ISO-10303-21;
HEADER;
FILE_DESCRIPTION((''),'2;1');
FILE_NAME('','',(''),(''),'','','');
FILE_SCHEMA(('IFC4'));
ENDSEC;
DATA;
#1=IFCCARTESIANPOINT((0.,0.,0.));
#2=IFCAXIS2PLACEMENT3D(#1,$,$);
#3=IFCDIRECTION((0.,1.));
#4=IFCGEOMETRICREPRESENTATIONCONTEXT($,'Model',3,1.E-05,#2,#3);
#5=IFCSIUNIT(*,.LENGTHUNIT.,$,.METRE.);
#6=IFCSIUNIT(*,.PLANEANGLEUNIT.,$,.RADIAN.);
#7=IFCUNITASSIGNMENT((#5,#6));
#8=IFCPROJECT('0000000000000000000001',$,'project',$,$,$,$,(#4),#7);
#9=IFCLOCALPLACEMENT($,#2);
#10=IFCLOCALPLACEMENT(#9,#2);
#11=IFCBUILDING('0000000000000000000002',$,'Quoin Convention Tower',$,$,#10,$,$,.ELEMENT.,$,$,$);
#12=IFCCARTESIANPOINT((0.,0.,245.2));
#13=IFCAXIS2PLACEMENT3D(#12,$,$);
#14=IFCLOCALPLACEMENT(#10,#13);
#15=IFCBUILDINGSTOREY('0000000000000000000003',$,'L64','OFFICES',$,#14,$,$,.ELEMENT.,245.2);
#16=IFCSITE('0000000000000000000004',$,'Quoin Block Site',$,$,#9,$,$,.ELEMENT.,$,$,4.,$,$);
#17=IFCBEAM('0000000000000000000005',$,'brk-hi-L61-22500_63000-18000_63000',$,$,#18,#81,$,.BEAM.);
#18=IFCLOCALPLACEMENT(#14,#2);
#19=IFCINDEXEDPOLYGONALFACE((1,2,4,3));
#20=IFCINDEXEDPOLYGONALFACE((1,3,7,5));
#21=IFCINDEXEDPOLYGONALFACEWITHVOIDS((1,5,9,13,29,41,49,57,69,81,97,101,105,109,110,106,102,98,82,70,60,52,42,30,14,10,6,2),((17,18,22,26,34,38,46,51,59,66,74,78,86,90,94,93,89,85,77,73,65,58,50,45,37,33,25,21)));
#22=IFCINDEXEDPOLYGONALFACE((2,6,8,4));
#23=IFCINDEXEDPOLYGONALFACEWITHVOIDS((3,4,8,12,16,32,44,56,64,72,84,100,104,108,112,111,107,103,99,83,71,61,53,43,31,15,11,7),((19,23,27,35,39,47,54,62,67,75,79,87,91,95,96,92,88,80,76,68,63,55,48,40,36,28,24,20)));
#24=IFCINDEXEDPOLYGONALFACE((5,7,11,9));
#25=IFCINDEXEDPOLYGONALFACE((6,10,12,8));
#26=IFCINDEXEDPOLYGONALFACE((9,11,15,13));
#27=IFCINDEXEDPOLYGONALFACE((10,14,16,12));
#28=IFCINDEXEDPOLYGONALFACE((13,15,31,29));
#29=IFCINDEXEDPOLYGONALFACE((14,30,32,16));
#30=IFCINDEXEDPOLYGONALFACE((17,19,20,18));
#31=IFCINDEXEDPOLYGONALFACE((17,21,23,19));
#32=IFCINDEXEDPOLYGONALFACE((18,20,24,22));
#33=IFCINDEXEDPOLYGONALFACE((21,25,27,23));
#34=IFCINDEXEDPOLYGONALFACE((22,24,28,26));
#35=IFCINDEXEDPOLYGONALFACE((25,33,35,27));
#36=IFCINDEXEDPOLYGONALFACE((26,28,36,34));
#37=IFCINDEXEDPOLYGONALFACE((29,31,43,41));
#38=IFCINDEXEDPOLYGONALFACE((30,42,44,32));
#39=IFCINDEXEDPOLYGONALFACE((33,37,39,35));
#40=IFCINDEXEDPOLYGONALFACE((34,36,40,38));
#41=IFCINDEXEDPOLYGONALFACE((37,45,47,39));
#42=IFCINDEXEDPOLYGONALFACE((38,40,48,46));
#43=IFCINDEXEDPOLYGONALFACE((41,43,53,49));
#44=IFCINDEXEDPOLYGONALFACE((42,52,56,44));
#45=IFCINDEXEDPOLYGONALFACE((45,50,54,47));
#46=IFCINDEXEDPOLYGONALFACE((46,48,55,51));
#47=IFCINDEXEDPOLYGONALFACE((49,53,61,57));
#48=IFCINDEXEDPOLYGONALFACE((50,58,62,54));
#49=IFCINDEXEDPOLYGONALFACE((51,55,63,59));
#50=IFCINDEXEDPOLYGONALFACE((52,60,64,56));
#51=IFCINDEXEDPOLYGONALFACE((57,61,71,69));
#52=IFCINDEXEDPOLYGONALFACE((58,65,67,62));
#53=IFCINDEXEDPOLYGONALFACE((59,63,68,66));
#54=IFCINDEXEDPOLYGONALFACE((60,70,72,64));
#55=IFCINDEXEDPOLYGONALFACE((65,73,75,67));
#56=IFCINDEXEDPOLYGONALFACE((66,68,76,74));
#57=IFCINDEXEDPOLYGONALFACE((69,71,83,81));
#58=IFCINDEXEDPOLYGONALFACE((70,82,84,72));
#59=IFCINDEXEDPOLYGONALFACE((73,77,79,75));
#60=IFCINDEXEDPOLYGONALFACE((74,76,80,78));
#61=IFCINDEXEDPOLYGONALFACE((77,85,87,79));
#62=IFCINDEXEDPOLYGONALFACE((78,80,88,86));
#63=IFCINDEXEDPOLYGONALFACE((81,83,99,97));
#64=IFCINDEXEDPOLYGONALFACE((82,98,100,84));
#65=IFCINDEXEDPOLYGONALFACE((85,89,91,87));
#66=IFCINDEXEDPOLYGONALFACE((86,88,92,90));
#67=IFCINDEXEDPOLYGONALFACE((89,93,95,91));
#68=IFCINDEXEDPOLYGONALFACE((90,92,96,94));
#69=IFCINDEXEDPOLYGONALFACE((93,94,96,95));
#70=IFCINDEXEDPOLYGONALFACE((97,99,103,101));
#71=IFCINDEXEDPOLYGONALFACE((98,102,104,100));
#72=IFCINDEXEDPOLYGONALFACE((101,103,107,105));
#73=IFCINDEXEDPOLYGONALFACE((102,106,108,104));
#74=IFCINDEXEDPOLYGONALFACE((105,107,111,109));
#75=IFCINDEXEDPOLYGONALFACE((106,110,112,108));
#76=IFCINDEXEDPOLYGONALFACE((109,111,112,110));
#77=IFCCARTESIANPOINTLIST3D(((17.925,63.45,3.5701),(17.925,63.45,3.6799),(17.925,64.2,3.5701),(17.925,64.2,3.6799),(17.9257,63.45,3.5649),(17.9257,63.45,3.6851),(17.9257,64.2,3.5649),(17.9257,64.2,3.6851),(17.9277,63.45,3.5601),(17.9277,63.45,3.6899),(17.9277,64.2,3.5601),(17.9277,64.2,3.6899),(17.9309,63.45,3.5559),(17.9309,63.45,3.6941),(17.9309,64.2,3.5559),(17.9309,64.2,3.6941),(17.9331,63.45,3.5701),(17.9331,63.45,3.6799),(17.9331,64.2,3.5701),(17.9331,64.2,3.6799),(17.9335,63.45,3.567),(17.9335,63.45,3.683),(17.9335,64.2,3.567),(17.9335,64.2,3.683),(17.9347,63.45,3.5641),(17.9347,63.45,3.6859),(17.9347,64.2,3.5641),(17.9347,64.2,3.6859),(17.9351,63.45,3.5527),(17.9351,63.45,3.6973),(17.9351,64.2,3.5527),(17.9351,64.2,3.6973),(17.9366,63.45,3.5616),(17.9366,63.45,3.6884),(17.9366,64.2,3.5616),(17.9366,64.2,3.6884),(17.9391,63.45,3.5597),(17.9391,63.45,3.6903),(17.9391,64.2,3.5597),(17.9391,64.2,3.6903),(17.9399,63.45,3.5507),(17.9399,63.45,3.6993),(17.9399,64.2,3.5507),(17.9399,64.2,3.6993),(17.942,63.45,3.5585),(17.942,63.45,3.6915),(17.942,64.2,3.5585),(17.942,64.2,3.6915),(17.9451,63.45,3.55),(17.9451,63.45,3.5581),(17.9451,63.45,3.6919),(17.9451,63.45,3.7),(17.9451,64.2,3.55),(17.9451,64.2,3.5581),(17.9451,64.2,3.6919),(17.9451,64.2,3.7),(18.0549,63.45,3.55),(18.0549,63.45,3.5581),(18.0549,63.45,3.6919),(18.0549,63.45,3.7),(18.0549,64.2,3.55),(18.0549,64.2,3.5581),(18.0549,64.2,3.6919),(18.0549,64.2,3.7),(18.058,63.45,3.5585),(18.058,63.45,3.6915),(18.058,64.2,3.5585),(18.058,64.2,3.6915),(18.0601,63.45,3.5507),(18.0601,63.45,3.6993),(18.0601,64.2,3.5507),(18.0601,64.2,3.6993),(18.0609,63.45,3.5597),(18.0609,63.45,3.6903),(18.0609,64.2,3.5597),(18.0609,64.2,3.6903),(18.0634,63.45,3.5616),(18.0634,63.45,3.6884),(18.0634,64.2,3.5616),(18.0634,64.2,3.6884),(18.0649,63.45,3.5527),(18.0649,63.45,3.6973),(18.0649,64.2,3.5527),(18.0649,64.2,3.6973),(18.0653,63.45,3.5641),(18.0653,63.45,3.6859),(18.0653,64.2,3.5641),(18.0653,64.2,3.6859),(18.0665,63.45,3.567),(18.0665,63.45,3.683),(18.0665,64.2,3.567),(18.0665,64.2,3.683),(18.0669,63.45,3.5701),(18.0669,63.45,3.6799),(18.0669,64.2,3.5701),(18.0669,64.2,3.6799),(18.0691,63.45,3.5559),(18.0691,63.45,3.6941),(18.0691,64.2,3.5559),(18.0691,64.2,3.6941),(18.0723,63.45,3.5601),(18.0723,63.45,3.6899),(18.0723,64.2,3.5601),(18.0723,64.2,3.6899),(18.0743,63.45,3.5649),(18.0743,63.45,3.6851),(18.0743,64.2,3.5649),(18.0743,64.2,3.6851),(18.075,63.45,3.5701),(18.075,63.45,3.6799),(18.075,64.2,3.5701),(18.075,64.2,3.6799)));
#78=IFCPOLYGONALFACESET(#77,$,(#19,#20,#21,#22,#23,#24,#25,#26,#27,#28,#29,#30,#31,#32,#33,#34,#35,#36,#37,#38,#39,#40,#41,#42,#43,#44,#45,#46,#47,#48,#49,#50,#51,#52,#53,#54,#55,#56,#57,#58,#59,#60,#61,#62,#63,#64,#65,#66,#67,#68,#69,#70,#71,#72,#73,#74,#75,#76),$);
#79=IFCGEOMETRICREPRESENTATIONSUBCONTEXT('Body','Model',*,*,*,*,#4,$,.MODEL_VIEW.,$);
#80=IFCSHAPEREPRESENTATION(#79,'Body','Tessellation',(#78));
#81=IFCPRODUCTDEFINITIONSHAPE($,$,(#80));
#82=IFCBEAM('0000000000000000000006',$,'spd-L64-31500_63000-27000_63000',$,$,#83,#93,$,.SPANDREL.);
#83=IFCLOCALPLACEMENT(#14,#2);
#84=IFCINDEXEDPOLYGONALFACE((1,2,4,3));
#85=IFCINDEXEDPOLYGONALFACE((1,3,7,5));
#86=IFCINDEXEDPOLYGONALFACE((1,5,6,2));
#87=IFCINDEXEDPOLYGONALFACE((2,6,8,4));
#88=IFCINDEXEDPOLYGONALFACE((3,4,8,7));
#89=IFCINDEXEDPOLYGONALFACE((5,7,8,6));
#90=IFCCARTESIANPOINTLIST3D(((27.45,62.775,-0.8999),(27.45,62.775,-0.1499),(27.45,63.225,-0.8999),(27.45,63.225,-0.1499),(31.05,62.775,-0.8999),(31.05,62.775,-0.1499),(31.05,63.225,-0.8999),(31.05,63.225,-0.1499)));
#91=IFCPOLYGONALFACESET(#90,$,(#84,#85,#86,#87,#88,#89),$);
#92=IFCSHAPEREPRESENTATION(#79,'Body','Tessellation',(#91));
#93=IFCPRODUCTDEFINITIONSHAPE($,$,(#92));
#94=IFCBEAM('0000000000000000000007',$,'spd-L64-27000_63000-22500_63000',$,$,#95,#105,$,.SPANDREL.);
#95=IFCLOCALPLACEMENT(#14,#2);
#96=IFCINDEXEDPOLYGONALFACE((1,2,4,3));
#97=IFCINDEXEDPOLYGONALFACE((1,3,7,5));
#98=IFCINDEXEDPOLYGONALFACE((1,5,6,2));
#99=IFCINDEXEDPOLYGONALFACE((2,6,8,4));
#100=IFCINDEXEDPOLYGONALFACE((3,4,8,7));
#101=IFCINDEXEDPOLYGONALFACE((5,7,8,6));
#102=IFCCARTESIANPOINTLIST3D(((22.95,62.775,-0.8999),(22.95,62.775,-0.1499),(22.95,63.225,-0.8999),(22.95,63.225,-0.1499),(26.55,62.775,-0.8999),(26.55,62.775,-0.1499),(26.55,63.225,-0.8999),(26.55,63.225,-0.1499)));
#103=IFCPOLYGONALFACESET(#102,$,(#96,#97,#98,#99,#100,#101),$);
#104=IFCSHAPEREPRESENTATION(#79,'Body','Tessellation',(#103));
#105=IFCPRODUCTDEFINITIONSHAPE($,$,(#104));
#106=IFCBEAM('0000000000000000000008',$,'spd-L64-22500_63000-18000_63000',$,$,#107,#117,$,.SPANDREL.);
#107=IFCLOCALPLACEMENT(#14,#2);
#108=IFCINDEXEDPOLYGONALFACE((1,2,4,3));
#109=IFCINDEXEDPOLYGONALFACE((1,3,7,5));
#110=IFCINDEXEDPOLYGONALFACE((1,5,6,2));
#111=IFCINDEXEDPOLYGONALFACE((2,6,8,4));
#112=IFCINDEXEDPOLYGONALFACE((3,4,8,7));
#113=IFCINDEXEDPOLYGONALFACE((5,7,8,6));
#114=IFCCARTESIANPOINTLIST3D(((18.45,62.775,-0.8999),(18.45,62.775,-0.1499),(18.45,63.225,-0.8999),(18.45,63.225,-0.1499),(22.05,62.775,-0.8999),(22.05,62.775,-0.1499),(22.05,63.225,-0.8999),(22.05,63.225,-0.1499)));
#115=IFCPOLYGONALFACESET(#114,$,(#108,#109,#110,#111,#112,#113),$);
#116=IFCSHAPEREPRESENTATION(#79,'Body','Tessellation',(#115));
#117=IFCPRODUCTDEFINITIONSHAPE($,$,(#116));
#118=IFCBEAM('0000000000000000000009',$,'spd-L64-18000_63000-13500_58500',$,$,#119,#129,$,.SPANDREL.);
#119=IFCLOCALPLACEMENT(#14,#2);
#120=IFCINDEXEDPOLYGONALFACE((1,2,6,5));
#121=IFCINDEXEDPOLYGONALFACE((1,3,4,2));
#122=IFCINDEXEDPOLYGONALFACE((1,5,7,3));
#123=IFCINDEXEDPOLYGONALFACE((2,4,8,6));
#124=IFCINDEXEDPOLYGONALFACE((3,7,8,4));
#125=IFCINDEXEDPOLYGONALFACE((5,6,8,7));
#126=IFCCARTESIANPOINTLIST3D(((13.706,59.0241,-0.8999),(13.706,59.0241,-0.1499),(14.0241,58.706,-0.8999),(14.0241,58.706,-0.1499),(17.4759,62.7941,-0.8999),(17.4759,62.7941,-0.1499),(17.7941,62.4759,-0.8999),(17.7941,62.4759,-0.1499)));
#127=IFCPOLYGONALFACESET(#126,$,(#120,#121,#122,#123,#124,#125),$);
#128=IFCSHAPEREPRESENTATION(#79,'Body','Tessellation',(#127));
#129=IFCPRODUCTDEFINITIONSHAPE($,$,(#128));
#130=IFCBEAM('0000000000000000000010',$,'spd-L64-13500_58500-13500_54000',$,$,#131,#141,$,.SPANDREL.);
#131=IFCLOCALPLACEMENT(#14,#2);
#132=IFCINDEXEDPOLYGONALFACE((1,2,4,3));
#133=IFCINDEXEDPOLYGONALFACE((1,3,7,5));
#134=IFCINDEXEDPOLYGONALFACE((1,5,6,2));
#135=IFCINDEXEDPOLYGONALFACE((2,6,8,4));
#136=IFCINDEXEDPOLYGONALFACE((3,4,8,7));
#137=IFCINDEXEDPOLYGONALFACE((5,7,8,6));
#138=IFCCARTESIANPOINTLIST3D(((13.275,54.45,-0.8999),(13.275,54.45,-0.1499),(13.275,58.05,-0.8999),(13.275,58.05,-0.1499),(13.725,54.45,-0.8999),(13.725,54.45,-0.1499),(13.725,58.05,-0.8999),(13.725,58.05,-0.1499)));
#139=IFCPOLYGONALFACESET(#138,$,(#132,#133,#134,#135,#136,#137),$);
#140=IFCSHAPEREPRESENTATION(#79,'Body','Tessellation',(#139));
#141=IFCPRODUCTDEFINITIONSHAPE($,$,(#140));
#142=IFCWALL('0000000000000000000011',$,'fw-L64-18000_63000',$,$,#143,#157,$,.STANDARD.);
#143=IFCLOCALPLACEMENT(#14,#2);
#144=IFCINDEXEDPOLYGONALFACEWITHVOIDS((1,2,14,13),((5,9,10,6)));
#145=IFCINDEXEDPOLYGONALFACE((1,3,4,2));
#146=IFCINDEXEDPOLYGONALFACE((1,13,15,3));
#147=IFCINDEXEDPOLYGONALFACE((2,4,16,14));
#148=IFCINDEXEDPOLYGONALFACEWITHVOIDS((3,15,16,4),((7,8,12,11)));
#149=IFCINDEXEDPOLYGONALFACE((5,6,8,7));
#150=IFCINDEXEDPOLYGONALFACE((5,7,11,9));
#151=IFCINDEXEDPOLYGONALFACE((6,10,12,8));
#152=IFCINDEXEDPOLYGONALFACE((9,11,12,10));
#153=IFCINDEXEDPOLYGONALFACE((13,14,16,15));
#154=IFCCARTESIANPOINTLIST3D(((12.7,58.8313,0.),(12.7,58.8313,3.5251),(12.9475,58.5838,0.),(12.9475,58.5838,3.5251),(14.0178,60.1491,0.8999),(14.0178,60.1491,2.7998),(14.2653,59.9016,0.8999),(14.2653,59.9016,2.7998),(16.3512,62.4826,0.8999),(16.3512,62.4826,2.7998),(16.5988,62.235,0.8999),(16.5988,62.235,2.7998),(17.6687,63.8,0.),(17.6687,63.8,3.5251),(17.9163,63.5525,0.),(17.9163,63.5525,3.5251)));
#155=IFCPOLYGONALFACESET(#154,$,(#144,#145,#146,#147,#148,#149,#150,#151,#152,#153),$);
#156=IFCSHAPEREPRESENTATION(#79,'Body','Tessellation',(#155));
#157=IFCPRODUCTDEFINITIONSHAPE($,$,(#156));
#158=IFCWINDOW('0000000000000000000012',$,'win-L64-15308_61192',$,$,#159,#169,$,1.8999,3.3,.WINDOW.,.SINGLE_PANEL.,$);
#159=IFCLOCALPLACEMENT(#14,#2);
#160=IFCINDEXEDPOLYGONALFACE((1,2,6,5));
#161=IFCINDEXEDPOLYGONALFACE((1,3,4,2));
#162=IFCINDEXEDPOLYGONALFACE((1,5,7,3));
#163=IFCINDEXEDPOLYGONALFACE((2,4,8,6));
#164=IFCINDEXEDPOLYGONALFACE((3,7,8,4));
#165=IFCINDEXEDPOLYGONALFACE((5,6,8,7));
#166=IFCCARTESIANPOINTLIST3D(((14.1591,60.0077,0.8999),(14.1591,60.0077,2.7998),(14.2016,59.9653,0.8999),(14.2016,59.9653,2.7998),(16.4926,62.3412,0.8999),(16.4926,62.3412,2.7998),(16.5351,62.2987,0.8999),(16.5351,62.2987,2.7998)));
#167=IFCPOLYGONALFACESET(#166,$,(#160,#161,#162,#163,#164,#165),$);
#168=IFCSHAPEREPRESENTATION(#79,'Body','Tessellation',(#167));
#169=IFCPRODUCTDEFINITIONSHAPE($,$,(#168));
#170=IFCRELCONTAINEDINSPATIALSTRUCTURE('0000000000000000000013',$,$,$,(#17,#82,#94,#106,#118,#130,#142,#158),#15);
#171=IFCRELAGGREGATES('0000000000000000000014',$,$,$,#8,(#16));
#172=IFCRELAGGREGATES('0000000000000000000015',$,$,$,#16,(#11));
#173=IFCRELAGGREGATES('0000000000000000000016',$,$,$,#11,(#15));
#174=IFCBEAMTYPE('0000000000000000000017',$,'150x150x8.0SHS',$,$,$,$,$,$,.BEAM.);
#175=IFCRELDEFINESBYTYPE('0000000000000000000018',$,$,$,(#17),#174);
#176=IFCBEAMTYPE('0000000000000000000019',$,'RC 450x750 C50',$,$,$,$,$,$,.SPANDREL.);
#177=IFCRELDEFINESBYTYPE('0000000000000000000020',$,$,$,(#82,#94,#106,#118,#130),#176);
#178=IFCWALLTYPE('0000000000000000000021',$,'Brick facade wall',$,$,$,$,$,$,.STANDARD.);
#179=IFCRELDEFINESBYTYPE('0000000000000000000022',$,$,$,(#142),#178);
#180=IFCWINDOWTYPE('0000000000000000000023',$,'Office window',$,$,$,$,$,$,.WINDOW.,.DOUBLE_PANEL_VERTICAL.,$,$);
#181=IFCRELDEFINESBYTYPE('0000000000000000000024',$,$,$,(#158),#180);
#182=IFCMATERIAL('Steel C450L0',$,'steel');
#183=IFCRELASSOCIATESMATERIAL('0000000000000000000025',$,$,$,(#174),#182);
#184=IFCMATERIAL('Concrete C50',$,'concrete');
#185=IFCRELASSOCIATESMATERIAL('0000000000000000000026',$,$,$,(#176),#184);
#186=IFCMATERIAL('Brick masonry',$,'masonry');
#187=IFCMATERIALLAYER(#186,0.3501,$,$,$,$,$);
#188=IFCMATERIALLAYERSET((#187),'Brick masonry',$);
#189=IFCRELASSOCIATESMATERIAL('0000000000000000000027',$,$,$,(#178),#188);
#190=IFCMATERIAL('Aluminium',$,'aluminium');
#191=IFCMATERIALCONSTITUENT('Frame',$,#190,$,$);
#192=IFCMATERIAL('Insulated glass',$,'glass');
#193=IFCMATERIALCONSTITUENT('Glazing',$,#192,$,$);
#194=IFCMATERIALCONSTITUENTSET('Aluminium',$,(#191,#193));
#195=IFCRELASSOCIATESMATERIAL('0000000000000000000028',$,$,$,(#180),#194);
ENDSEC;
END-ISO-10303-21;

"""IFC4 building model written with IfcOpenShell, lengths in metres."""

from ifc_helpers import new_model, si_unit, direction, frame, frame_2d, origin, origin_2d, place, context, subcontext, project, spatial, rectangle, hollow_rectangle, extrude, material, layer, layer_set, constituent, constituent_set, material_profile, profile_set, type_object, element, fill, save


model = new_model("IFC4")

# Units and contexts
model_context = context("Model", 3, precision=1e-05, world=origin(), true_north=direction((0.0, 1.0)))
body_context = subcontext(model_context, "Body", "Model", "MODEL_VIEW")
ifc_project = project(units=[si_unit("LENGTHUNIT", "METRE"), si_unit("PLANEANGLEUNIT", "RADIAN")], contexts=[model_context])

# Site, building, storey
site_placement = place(None, origin())
site = spatial("IfcSite", under=ifc_project, at=site_placement, Name="Quoin Block Site", CompositionType="ELEMENT", RefElevation=4.0)
building_placement = place(site_placement, origin())
building = spatial("IfcBuilding", under=site, at=building_placement, Name="Quoin Convention Tower", CompositionType="ELEMENT")
storey_placement = place(building_placement, frame((0.0, 0.0, 245.2)))
storey = spatial("IfcBuildingStorey", under=building, at=storey_placement, Name="L64", Description="OFFICES", CompositionType="ELEMENT", Elevation=245.2)

# Shared definitions
ifc_material_1 = material(Name="Concrete C50", Category="concrete")

# Beams
ifc_material_2 = material(Name="Steel C450L0", Category="steel")
ifc_material_profile_1 = material_profile(ifc_material_2, hollow_rectangle(XDim=0.1499, YDim=0.1499, WallThickness=0.0081, InnerFilletRadius=0.012, OuterFilletRadius=0.02, at=origin_2d()), Name="150x150x8.0SHS")
ifc_profile_set_1 = profile_set([ifc_material_profile_1], Name="Steel C450L0")
beam_type_1 = type_object("IfcBeamType", Name="150x150x8.0SHS", PredefinedType="BEAM", material=ifc_profile_set_1)
for number, where, z_axis, x_axis, name in (
    (1, (18.0, 63.45, 3.625), (0.0, 1.0, 0.0), (-1.0, 0.0, 0.0), "brk-hi-L61-22500_63000-18000_63000"),
):
    element("IfcBeam", number, at=place(storey_placement, frame(where, z_axis=z_axis, x_axis=x_axis)), inside=storey, type_object=beam_type_1, Name=name, PredefinedType="BEAM", context=body_context, shape_type="SweptSolid", body=[
        extrude(hollow_rectangle(XDim=0.1499, YDim=0.1499, WallThickness=0.0081, InnerFilletRadius=0.012, OuterFilletRadius=0.02, at=origin_2d()), origin(), (0.0, 0.0, 1.0), 0.75),
    ])
ifc_material_profile_2 = material_profile(ifc_material_1, rectangle(XDim=0.45, YDim=0.75, at=origin_2d()), Name="RC 450x750")
ifc_profile_set_2 = profile_set([ifc_material_profile_2], Name="Concrete C50")
beam_type_2 = type_object("IfcBeamType", Name="RC 450x750 C50", PredefinedType="SPANDREL", material=ifc_profile_set_2)
for number, where, z_axis, x_axis, name in (
    (2, (31.05, 63.0, -0.5249), (-1.0, 0.0, 0.0), (0.0, -1.0, 0.0), "spd-L64-31500_63000-27000_63000"),
    (3, (26.55, 63.0, -0.5249), (-1.0, 0.0, 0.0), (0.0, -1.0, 0.0), "spd-L64-27000_63000-22500_63000"),
    (4, (22.05, 63.0, -0.5249), (-1.0, 0.0, 0.0), (0.0, -1.0, 0.0), "spd-L64-22500_63000-18000_63000"),
):
    element("IfcBeam", number, at=place(storey_placement, frame(where, z_axis=z_axis, x_axis=x_axis)), inside=storey, type_object=beam_type_2, Name=name, PredefinedType="SPANDREL", context=body_context, shape_type="SweptSolid", body=[
        extrude(rectangle(XDim=0.45, YDim=0.75, at=origin_2d()), origin(), (0.0, 0.0, 1.0), 3.6001),
    ])
beam_1_placement = place(storey_placement, frame((17.635, 62.635, -0.5249), z_axis=(-0.707107, -0.707107, 0.0), x_axis=(0.707107, -0.707107, 0.0)))
element("IfcBeam", 5, at=beam_1_placement, inside=storey, type_object=beam_type_2, Name="spd-L64-18000_63000-13500_58500", PredefinedType="SPANDREL", context=body_context, shape_type="SweptSolid", body=[
    extrude(rectangle(XDim=0.45, YDim=0.75, at=origin_2d()), origin(), (0.0, 0.0, 1.0), 5.3315),
])
beam_2_placement = place(storey_placement, frame((13.5, 58.05, -0.5249), z_axis=(0.0, -1.0, 0.0), x_axis=(1.0, 0.0, 0.0)))
element("IfcBeam", 6, at=beam_2_placement, inside=storey, type_object=beam_type_2, Name="spd-L64-13500_58500-13500_54000", PredefinedType="SPANDREL", context=body_context, shape_type="SweptSolid", body=[
    extrude(rectangle(XDim=0.45, YDim=0.75, at=origin_2d()), origin(), (0.0, 0.0, 1.0), 3.6001),
])

# Wall, opening, window
ifc_material_3 = material(Name="Brick masonry", Category="masonry")
ifc_layer_1 = layer(ifc_material_3, 0.3501)
ifc_layer_set_1 = layer_set([ifc_layer_1], Name="Brick masonry")
wall_type_1 = type_object("IfcWallType", Name="Brick facade wall", PredefinedType="STANDARD", material=ifc_layer_set_1)
wall_1_placement = place(storey_placement, frame((17.7925, 63.6763, 0.0), z_axis=(0.0, 0.0, 1.0), x_axis=(-0.707107, -0.707107, 0.0)))
wall_1 = element("IfcWall", 7, at=wall_1_placement, inside=storey, type_object=wall_type_1, Name="fw-L64-18000_63000", PredefinedType="STANDARD", context=body_context, shape_type="SweptSolid", body=[
    extrude(rectangle(XDim=7.0269, YDim=0.3501, at=frame_2d((3.5134, 0.0))), origin(), (0.0, 0.0, 1.0), 3.5251),
])
opening_1_placement = place(wall_1_placement, frame((1.8633, 0.0, 0.8999)))
opening_1 = element("IfcOpeningElement", 8, at=opening_1_placement, cuts=wall_1, PredefinedType="OPENING", context=body_context, shape_type="SweptSolid", body=[
    extrude(rectangle(XDim=3.3, YDim=1.8999, at=frame_2d((1.6499, 0.95))), frame((0.0, 0.1851, 0.0), z_axis=(0.0, -1.0, 0.0), x_axis=(1.0, 0.0, 0.0)), (0.0, 0.0, 1.0), 0.3701),
])
ifc_material_4 = material(Name="Aluminium", Category="aluminium")
ifc_constituent_1 = constituent(ifc_material_4, Name="Frame")
ifc_material_5 = material(Name="Insulated glass", Category="glass")
ifc_constituent_2 = constituent(ifc_material_5, Name="Glazing")
ifc_constituent_set = constituent_set(constituents=[ifc_constituent_1, ifc_constituent_2], Name="Aluminium")
window_type = type_object("IfcWindowType", Name="Office window", PartitioningType="DOUBLE_PANEL_VERTICAL", PredefinedType="WINDOW", material=ifc_constituent_set)
window_1_placement = place(opening_1_placement, origin())
window_1 = element("IfcWindow", 9, at=window_1_placement, inside=storey, type_object=window_type, Name="win-L64-15308_61192", OverallHeight=1.8999, OverallWidth=3.3, PartitioningType="SINGLE_PANEL", PredefinedType="WINDOW", context=body_context, shape_type="SweptSolid", body=[
    extrude(rectangle(XDim=3.3, YDim=1.8999, at=frame_2d((1.6499, 0.95))), frame((0.0, 0.085, 0.0), z_axis=(0.0, -1.0, 0.0), x_axis=(1.0, 0.0, 0.0)), (0.0, 0.0, 1.0), 0.0601),
])
fill(opening_1, window_1)

save(model, "model.ifc")
